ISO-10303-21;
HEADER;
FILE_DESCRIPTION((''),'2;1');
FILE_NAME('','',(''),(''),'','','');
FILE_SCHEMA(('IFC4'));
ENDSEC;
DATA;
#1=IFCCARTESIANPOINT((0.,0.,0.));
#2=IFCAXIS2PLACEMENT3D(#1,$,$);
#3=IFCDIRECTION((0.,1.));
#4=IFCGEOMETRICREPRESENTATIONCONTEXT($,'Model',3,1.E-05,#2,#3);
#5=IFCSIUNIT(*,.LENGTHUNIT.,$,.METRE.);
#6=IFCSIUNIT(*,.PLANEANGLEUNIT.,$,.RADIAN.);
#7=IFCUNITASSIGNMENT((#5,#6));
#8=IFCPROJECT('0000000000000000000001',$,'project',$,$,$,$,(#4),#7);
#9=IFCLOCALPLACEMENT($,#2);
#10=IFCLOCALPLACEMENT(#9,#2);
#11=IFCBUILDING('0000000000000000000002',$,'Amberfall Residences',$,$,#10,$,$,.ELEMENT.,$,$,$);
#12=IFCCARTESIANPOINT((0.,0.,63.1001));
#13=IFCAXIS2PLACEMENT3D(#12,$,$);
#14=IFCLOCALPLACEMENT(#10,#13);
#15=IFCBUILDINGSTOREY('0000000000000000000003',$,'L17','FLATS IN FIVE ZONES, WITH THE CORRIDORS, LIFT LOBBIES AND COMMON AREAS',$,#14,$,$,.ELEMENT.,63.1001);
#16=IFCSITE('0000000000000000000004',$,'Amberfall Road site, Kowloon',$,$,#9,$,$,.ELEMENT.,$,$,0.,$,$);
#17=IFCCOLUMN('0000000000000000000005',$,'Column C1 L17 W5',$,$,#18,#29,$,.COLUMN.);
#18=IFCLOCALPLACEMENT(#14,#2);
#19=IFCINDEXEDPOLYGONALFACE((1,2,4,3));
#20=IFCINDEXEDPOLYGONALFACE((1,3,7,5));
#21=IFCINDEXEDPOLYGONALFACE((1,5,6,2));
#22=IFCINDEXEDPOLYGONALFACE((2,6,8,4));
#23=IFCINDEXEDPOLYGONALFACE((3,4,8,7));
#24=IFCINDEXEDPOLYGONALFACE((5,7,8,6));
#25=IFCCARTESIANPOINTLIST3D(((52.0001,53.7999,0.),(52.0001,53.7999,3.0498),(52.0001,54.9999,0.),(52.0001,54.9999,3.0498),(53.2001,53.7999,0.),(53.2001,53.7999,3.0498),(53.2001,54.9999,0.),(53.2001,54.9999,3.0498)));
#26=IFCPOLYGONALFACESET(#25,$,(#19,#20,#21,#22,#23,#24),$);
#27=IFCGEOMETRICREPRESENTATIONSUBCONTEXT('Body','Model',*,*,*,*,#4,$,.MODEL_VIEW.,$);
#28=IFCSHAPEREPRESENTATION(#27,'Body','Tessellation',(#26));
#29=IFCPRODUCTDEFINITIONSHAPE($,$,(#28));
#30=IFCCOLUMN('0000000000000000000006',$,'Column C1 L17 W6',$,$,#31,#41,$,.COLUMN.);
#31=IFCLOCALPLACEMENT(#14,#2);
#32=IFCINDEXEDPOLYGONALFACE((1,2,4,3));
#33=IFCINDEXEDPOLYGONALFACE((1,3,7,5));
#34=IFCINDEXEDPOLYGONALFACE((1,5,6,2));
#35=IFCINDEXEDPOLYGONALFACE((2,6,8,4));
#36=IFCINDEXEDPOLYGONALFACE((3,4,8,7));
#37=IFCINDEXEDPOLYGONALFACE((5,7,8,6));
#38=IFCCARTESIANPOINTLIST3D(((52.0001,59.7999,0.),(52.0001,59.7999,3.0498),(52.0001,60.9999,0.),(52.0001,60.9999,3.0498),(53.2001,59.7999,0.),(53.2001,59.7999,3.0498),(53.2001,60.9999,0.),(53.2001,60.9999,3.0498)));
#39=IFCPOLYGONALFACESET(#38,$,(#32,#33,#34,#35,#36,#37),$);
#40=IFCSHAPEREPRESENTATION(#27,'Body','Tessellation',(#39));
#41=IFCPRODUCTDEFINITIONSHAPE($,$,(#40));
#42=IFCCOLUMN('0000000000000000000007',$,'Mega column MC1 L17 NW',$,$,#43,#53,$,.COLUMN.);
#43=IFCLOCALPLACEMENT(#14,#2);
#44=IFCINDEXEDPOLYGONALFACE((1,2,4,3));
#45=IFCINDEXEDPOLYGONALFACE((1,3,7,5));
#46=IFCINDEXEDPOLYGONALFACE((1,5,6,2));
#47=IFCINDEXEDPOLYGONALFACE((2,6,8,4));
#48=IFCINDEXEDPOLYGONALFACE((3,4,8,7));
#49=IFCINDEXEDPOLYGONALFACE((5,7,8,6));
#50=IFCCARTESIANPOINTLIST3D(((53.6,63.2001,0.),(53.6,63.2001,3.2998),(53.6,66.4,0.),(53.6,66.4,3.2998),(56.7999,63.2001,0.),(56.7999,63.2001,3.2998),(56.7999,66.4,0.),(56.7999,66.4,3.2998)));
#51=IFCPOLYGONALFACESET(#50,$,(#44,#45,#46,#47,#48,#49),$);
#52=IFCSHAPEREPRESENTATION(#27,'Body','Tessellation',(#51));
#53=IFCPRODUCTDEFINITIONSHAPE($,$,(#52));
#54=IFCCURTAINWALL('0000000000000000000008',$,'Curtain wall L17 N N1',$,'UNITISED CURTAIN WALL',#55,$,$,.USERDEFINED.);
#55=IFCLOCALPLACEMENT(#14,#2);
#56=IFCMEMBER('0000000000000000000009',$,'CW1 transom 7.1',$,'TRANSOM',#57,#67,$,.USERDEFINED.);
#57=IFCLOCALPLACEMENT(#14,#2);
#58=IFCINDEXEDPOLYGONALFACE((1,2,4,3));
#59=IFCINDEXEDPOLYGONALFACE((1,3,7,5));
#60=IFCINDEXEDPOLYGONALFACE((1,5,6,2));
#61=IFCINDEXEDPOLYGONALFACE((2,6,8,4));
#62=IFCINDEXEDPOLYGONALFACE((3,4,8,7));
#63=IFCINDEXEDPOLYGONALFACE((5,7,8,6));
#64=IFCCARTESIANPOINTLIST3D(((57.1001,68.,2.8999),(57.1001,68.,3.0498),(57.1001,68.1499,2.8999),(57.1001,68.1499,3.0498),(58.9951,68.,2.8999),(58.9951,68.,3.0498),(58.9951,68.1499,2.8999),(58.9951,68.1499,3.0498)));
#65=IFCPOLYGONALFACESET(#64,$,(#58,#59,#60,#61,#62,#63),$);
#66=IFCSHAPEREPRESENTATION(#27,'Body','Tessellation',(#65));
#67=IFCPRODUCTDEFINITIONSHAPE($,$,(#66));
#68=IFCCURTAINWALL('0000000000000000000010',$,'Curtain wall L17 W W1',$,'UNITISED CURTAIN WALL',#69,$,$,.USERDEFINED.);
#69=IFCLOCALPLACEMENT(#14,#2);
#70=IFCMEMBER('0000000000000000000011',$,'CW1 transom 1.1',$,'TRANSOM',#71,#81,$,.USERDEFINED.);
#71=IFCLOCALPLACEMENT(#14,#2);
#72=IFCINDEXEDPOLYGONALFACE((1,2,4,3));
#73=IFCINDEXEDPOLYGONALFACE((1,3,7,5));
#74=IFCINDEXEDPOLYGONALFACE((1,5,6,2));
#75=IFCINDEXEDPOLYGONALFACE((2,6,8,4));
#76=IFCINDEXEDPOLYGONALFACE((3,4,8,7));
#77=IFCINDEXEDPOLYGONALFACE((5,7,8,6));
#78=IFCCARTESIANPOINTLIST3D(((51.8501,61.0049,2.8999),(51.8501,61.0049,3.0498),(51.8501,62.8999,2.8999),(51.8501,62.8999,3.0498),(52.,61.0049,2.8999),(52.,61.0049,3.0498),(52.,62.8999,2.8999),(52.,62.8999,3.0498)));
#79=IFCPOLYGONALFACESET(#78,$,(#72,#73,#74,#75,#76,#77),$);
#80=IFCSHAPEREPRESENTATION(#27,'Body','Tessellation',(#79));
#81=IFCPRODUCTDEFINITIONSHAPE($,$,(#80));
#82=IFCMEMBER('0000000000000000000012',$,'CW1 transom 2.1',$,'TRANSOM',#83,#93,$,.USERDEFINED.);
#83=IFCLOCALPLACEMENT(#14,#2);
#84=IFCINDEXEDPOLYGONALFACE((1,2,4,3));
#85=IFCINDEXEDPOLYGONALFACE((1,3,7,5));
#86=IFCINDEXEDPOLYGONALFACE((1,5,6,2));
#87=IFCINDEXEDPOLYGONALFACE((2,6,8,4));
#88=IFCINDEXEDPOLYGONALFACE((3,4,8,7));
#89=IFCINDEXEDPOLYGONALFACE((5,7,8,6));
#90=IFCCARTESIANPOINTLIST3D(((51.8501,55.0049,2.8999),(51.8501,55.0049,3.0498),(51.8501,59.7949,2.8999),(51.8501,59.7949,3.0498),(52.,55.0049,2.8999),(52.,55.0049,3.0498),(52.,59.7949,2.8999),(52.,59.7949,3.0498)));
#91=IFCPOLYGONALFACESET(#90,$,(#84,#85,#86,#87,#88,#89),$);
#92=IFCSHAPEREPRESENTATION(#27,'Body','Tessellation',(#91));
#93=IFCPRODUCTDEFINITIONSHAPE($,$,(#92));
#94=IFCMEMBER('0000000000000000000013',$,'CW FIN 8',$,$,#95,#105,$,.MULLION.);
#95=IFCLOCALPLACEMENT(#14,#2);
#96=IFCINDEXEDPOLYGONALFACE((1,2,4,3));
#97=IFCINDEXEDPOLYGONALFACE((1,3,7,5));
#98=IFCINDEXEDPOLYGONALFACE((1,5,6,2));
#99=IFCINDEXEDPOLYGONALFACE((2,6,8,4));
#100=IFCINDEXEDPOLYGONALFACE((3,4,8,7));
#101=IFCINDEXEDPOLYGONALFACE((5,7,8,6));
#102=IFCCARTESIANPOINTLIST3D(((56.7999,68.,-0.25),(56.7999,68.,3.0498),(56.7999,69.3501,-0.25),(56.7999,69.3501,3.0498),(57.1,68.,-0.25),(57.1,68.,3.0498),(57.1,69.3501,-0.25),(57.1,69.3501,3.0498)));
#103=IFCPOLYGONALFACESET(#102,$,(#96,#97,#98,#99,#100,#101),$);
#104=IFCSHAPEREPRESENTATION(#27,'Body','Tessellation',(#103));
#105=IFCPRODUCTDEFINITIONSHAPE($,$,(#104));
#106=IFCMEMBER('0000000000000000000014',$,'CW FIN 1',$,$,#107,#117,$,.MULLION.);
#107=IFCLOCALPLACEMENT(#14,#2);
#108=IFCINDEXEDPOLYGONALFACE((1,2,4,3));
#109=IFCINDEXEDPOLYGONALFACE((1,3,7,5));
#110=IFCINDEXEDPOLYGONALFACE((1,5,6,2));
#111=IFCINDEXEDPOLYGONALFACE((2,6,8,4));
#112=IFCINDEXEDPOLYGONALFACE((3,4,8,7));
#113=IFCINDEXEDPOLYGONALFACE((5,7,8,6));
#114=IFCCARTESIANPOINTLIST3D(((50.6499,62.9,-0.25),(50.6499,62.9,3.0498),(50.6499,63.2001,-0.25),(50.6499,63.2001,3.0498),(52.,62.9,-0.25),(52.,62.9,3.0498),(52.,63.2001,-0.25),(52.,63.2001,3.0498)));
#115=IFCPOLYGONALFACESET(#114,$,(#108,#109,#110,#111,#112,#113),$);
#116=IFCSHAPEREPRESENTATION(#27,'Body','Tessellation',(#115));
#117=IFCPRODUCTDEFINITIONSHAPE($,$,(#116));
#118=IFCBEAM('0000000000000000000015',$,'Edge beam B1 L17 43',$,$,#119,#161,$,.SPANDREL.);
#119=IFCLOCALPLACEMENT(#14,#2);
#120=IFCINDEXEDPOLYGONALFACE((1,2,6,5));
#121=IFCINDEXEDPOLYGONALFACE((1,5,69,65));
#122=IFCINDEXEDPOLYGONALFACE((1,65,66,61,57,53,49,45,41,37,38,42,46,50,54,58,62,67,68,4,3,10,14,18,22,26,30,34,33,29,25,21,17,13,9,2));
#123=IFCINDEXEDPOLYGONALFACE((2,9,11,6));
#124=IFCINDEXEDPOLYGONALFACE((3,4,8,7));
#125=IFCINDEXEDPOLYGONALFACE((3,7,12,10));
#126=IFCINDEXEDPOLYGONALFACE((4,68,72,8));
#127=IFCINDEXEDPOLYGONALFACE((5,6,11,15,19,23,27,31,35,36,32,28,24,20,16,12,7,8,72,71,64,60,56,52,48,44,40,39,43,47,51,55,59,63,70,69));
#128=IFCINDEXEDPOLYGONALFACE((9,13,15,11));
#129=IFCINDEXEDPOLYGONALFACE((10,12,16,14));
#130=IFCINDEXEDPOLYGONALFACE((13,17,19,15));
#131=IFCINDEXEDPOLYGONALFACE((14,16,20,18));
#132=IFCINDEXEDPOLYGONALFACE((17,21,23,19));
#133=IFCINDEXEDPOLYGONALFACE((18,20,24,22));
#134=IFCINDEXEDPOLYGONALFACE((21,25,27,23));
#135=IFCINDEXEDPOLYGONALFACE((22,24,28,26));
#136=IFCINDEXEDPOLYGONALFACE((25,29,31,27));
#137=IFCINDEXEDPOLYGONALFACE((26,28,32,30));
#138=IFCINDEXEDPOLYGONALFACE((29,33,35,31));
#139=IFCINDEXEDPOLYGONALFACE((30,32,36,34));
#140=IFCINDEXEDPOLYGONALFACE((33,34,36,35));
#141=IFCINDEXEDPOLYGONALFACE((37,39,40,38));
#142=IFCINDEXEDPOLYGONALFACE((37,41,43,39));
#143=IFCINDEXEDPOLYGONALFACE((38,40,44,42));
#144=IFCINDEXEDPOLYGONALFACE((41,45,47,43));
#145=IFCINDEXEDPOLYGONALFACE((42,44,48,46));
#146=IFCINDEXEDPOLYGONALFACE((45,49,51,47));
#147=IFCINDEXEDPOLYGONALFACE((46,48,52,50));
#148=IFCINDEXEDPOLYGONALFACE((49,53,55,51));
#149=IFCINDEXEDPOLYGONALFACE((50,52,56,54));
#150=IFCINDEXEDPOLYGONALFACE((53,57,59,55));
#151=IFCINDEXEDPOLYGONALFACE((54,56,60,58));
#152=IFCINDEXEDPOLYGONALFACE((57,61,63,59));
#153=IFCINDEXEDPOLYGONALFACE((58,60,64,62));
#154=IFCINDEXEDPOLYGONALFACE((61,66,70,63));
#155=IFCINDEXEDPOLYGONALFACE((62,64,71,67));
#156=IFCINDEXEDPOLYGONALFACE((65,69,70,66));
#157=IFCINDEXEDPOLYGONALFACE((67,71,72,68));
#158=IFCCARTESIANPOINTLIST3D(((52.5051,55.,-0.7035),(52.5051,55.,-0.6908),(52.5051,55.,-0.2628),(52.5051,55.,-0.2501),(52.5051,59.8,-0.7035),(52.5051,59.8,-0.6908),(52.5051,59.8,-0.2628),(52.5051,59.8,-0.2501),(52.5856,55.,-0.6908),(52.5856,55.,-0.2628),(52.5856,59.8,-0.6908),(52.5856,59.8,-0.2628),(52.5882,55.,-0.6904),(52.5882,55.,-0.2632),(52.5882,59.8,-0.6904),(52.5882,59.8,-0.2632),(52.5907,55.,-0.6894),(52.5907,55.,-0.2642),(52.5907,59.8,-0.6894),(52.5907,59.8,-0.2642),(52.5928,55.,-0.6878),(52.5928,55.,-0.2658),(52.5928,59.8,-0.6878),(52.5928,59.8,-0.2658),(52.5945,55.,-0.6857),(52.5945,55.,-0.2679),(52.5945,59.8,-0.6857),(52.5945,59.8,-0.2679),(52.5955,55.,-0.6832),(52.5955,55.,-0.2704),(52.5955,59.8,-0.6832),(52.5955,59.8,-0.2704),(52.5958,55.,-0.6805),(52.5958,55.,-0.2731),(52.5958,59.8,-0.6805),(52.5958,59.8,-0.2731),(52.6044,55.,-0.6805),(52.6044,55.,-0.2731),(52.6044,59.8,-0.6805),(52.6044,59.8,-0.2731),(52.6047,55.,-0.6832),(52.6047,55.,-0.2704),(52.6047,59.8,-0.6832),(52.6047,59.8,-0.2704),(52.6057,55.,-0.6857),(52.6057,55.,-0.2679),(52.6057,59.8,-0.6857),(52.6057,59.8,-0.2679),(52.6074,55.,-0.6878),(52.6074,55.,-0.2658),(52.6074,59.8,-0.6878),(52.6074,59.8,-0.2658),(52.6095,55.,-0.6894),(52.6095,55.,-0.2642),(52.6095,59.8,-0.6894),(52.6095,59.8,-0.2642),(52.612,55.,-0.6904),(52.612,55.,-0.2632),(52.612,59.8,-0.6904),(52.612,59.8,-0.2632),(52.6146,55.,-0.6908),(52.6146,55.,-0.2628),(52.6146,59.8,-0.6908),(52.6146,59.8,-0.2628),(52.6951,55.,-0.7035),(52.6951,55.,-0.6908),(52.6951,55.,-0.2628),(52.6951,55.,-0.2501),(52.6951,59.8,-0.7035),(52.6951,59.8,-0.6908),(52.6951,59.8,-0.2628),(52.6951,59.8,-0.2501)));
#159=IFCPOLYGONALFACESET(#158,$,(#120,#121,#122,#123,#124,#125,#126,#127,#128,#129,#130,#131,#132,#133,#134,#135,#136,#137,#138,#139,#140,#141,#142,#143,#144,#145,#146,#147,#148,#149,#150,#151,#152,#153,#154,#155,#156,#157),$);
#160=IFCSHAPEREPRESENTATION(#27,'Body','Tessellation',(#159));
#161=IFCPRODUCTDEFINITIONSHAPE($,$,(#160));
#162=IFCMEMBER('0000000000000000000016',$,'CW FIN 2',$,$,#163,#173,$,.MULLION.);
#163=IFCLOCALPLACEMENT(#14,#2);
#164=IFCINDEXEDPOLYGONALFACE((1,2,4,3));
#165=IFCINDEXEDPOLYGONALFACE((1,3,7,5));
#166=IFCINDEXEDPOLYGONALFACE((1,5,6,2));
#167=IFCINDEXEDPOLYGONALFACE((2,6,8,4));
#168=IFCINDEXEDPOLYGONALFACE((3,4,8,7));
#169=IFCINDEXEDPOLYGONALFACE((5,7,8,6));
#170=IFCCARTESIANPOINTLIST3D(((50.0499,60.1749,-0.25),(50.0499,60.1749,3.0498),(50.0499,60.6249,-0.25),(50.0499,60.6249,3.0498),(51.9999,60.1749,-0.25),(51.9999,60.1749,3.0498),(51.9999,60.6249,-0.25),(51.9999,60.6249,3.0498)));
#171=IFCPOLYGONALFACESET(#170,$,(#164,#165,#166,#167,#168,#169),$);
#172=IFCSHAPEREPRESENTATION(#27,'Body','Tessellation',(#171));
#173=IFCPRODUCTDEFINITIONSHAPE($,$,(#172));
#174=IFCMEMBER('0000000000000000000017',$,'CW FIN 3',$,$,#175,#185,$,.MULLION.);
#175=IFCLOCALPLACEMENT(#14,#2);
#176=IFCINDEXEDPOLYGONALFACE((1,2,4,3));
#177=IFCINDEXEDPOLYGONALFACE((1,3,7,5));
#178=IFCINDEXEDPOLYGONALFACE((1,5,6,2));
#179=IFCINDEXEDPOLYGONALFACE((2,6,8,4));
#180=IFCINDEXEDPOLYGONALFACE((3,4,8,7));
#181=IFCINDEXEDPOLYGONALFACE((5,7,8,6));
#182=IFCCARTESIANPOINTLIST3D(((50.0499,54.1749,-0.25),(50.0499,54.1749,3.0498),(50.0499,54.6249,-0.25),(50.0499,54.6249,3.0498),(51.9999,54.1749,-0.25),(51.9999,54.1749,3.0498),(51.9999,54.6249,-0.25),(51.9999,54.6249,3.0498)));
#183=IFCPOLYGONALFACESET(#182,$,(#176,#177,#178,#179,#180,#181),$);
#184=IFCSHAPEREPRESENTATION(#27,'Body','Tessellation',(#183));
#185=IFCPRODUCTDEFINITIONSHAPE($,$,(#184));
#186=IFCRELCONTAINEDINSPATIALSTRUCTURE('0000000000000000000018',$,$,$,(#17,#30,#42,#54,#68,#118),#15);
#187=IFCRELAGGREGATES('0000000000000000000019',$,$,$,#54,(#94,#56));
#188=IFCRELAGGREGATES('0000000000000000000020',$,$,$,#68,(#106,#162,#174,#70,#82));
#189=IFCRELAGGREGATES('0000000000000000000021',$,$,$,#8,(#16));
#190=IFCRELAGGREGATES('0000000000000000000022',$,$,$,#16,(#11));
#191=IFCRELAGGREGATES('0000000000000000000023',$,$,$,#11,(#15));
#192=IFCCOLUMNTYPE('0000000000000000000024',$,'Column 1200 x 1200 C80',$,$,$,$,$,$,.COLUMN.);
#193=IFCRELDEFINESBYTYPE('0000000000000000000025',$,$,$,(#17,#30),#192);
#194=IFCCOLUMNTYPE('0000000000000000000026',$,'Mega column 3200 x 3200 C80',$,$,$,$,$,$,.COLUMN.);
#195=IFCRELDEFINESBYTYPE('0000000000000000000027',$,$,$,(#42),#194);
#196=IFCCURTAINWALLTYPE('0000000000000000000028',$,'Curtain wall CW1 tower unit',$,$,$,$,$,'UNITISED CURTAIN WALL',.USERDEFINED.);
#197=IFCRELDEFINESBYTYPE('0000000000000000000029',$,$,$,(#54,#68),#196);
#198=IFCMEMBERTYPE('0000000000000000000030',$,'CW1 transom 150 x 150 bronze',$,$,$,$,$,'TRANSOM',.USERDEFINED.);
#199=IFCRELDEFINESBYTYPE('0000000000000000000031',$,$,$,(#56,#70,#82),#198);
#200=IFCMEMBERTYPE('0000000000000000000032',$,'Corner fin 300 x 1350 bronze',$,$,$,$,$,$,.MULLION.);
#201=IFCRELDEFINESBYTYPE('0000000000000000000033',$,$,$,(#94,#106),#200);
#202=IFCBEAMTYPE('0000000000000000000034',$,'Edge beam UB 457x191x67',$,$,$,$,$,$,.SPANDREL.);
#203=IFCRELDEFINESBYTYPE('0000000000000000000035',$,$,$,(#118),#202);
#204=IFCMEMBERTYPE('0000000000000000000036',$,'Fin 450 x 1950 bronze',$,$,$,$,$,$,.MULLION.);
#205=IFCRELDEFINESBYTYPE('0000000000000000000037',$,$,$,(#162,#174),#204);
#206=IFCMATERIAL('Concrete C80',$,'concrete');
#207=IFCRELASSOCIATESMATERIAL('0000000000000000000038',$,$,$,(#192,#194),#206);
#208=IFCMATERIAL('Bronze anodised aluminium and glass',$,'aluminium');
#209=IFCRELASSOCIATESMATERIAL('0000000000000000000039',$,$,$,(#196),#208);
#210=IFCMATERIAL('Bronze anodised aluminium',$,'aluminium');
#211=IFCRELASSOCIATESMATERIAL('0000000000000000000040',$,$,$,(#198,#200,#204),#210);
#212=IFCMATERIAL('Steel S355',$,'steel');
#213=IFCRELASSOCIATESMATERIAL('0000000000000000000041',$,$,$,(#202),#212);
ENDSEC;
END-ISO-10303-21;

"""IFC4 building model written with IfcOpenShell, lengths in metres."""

from ifc_helpers import new_model, si_unit, direction, frame, origin, origin_2d, place, context, subcontext, project, spatial, rectangle, i_section, extrude, material, material_profile, profile_set, type_object, element, aggregate, save


model = new_model("IFC4")

# Units and contexts
model_context = context("Model", 3, precision=1e-05, world=origin(), true_north=direction((0.0, 1.0)))
body_context = subcontext(model_context, "Body", "Model", "MODEL_VIEW")
ifc_project = project(units=[si_unit("LENGTHUNIT", "METRE"), si_unit("PLANEANGLEUNIT", "RADIAN")], contexts=[model_context])

# Site, building, storey
site_placement = place(None, origin())
site = spatial("IfcSite", under=ifc_project, at=site_placement, Name="Amberfall Road site, Kowloon", CompositionType="ELEMENT", RefElevation=0.0)
building_placement = place(site_placement, origin())
building = spatial("IfcBuilding", under=site, at=building_placement, Name="Amberfall Residences", CompositionType="ELEMENT")
storey_placement = place(building_placement, frame((0.0, 0.0, 63.1001)))
storey = spatial("IfcBuildingStorey", under=building, at=storey_placement, Name="L17", Description="FLATS IN FIVE ZONES, WITH THE CORRIDORS, LIFT LOBBIES AND COMMON AREAS", CompositionType="ELEMENT", Elevation=63.1001)

# Columns
ifc_material_1 = material(Name="Concrete C80", Category="concrete")
ifc_material_profile_1 = material_profile(ifc_material_1, rectangle(XDim=1.2, YDim=1.2, at=origin_2d()), Name="Column 1200 x 1200 C80")
ifc_profile_set_1 = profile_set([ifc_material_profile_1], Name="Concrete C80")
column_type_1 = type_object("IfcColumnType", Name="Column 1200 x 1200 C80", PredefinedType="COLUMN", material=ifc_profile_set_1)
for number, where, z_axis, x_axis, name in (
    (1, (52.6001, 54.3999, 0.0), (0.0, 0.0, 1.0), (1.0, 0.0, 0.0), "Column C1 L17 W5"),
    (2, (52.6001, 60.3999, 0.0), (0.0, 0.0, 1.0), (1.0, 0.0, 0.0), "Column C1 L17 W6"),
):
    element("IfcColumn", number, at=place(storey_placement, frame(where, z_axis=z_axis, x_axis=x_axis)), inside=storey, type_object=column_type_1, Name=name, PredefinedType="COLUMN", context=body_context, shape_type="SweptSolid", body=[
        extrude(rectangle(XDim=1.2, YDim=1.2, at=origin_2d()), origin(), (0.0, 0.0, 1.0), 3.0498),
    ])
ifc_material_profile_2 = material_profile(ifc_material_1, rectangle(XDim=3.2, YDim=3.2, at=origin_2d()), Name="Mega column 3200 x 3200 C80")
ifc_profile_set_2 = profile_set([ifc_material_profile_2], Name="Concrete C80")
column_type_2 = type_object("IfcColumnType", Name="Mega column 3200 x 3200 C80", PredefinedType="COLUMN", material=ifc_profile_set_2)
column_placement = place(storey_placement, frame((55.2, 64.8, 0.0), z_axis=(0.0, 0.0, 1.0), x_axis=(1.0, 0.0, 0.0)))
element("IfcColumn", 3, at=column_placement, inside=storey, type_object=column_type_2, Name="Mega column MC1 L17 NW", PredefinedType="COLUMN", context=body_context, shape_type="SweptSolid", body=[
    extrude(rectangle(XDim=3.2, YDim=3.2, at=origin_2d()), origin(), (0.0, 0.0, 1.0), 3.2998),
])

# Curtain wall, member
ifc_material_2 = material(Name="Bronze anodised aluminium and glass", Category="aluminium")
curtain_wall_type = type_object("IfcCurtainWallType", Name="Curtain wall CW1 tower unit", ElementType="UNITISED CURTAIN WALL", PredefinedType="USERDEFINED", material=ifc_material_2)
curtain_wall_1_placement = place(storey_placement, origin())
curtain_wall_1 = element("IfcCurtainWall", 4, at=curtain_wall_1_placement, inside=storey, type_object=curtain_wall_type, Name="Curtain wall L17 N N1", ObjectType="UNITISED CURTAIN WALL", PredefinedType="USERDEFINED")
ifc_material_3 = material(Name="Bronze anodised aluminium", Category="aluminium")
ifc_material_profile_3 = material_profile(ifc_material_3, rectangle(XDim=0.1499, YDim=0.1499, at=origin_2d()), Name="CW1 transom 150 x 150 bronze")
ifc_profile_set_3 = profile_set([ifc_material_profile_3], Name="Bronze anodised aluminium")
member_type_1 = type_object("IfcMemberType", Name="CW1 transom 150 x 150 bronze", ElementType="TRANSOM", PredefinedType="USERDEFINED", material=ifc_profile_set_3)
member_1_placement = place(storey_placement, frame((58.9951, 68.075, 2.9749), z_axis=(-1.0, 0.0, 0.0), x_axis=(0.0, -1.0, 0.0)))
member_1 = element("IfcMember", 5, at=member_1_placement, type_object=member_type_1, Name="CW1 transom 7.1", ObjectType="TRANSOM", PredefinedType="USERDEFINED", context=body_context, shape_type="SweptSolid", body=[
    extrude(rectangle(XDim=0.1499, YDim=0.1499, at=origin_2d()), origin(), (0.0, 0.0, 1.0), 1.895),
])

# Curtain wall, members
curtain_wall_2_placement = place(storey_placement, origin())
curtain_wall_2 = element("IfcCurtainWall", 6, at=curtain_wall_2_placement, inside=storey, type_object=curtain_wall_type, Name="Curtain wall L17 W W1", ObjectType="UNITISED CURTAIN WALL", PredefinedType="USERDEFINED")
member_2_placement = place(storey_placement, frame((51.925, 62.8999, 2.9749), z_axis=(0.0, -1.0, 0.0), x_axis=(1.0, 0.0, 0.0)))
member_2 = element("IfcMember", 7, at=member_2_placement, type_object=member_type_1, Name="CW1 transom 1.1", ObjectType="TRANSOM", PredefinedType="USERDEFINED", context=body_context, shape_type="SweptSolid", body=[
    extrude(rectangle(XDim=0.1499, YDim=0.1499, at=origin_2d()), origin(), (0.0, 0.0, 1.0), 1.895),
])
member_3_placement = place(storey_placement, frame((51.925, 59.7949, 2.9749), z_axis=(0.0, -1.0, 0.0), x_axis=(1.0, 0.0, 0.0)))
member_3 = element("IfcMember", 8, at=member_3_placement, type_object=member_type_1, Name="CW1 transom 2.1", ObjectType="TRANSOM", PredefinedType="USERDEFINED", context=body_context, shape_type="SweptSolid", body=[
    extrude(rectangle(XDim=0.1499, YDim=0.1499, at=origin_2d()), origin(), (0.0, 0.0, 1.0), 4.79),
])

# Members
ifc_material_profile_4 = material_profile(ifc_material_3, rectangle(XDim=1.3501, YDim=0.3, at=origin_2d()), Name="Corner fin 300 x 1350 bronze")
ifc_profile_set_4 = profile_set([ifc_material_profile_4], Name="Bronze anodised aluminium")
member_type_2 = type_object("IfcMemberType", Name="Corner fin 300 x 1350 bronze", PredefinedType="MULLION", material=ifc_profile_set_4)
member_4_placement = place(storey_placement, frame((56.95, 68.675, -0.25), z_axis=(0.0, 0.0, 1.0), x_axis=(0.0, -1.0, 0.0)))
member_4 = element("IfcMember", 9, at=member_4_placement, type_object=member_type_2, Name="CW FIN 8", PredefinedType="MULLION", context=body_context, shape_type="SweptSolid", body=[
    extrude(rectangle(XDim=1.3501, YDim=0.3, at=origin_2d()), origin(), (0.0, 0.0, 1.0), 3.2998),
])
member_5_placement = place(storey_placement, frame((51.325, 63.05, -0.25), z_axis=(0.0, 0.0, 1.0), x_axis=(1.0, 0.0, 0.0)))
member_5 = element("IfcMember", 10, at=member_5_placement, type_object=member_type_2, Name="CW FIN 1", PredefinedType="MULLION", context=body_context, shape_type="SweptSolid", body=[
    extrude(rectangle(XDim=1.3501, YDim=0.3, at=origin_2d()), origin(), (0.0, 0.0, 1.0), 3.2998),
])

# Beam
ifc_material_4 = material(Name="Steel S355", Category="steel")
ifc_material_profile_5 = material_profile(ifc_material_4, i_section(OverallWidth=0.1899, OverallDepth=0.4534, WebThickness=0.0085, FlangeThickness=0.0127, FilletRadius=0.0103, at=origin_2d()), Name="UB 457x191x67")
ifc_profile_set_5 = profile_set([ifc_material_profile_5], Name="Steel S355")
beam_type_1 = type_object("IfcBeamType", Name="Edge beam UB 457x191x67", PredefinedType="SPANDREL", material=ifc_profile_set_5)
beam_1_placement = place(storey_placement, frame((52.6001, 55.0, -0.4768), z_axis=(0.0, 1.0, 0.0), x_axis=(-1.0, 0.0, 0.0)))
element("IfcBeam", 11, at=beam_1_placement, inside=storey, type_object=beam_type_1, Name="Edge beam B1 L17 43", PredefinedType="SPANDREL", context=body_context, shape_type="SweptSolid", body=[
    extrude(i_section(OverallWidth=0.1899, OverallDepth=0.4534, WebThickness=0.0085, FlangeThickness=0.0127, FilletRadius=0.0103, at=origin_2d()), origin(), (0.0, 0.0, 1.0), 4.8),
])

# Members
ifc_material_profile_6 = material_profile(ifc_material_3, rectangle(XDim=1.95, YDim=0.45, at=origin_2d()), Name="Fin 450 x 1950 bronze")
ifc_profile_set_6 = profile_set([ifc_material_profile_6], Name="Bronze anodised aluminium")
member_type_3 = type_object("IfcMemberType", Name="Fin 450 x 1950 bronze", PredefinedType="MULLION", material=ifc_profile_set_6)
member_6_placement = place(storey_placement, frame((51.0249, 60.3999, -0.25), z_axis=(0.0, 0.0, 1.0), x_axis=(1.0, 0.0, 0.0)))
member_6 = element("IfcMember", 12, at=member_6_placement, type_object=member_type_3, Name="CW FIN 2", PredefinedType="MULLION", context=body_context, shape_type="SweptSolid", body=[
    extrude(rectangle(XDim=1.95, YDim=0.45, at=origin_2d()), origin(), (0.0, 0.0, 1.0), 3.2998),
])
member_7_placement = place(storey_placement, frame((51.0249, 54.3999, -0.25), z_axis=(0.0, 0.0, 1.0), x_axis=(1.0, 0.0, 0.0)))
member_7 = element("IfcMember", 13, at=member_7_placement, type_object=member_type_3, Name="CW FIN 3", PredefinedType="MULLION", context=body_context, shape_type="SweptSolid", body=[
    extrude(rectangle(XDim=1.95, YDim=0.45, at=origin_2d()), origin(), (0.0, 0.0, 1.0), 3.2998),
])

aggregate(curtain_wall_1, [member_4, member_1])
aggregate(curtain_wall_2, [member_5, member_6, member_7, member_2, member_3])

save(model, "model.ifc")
